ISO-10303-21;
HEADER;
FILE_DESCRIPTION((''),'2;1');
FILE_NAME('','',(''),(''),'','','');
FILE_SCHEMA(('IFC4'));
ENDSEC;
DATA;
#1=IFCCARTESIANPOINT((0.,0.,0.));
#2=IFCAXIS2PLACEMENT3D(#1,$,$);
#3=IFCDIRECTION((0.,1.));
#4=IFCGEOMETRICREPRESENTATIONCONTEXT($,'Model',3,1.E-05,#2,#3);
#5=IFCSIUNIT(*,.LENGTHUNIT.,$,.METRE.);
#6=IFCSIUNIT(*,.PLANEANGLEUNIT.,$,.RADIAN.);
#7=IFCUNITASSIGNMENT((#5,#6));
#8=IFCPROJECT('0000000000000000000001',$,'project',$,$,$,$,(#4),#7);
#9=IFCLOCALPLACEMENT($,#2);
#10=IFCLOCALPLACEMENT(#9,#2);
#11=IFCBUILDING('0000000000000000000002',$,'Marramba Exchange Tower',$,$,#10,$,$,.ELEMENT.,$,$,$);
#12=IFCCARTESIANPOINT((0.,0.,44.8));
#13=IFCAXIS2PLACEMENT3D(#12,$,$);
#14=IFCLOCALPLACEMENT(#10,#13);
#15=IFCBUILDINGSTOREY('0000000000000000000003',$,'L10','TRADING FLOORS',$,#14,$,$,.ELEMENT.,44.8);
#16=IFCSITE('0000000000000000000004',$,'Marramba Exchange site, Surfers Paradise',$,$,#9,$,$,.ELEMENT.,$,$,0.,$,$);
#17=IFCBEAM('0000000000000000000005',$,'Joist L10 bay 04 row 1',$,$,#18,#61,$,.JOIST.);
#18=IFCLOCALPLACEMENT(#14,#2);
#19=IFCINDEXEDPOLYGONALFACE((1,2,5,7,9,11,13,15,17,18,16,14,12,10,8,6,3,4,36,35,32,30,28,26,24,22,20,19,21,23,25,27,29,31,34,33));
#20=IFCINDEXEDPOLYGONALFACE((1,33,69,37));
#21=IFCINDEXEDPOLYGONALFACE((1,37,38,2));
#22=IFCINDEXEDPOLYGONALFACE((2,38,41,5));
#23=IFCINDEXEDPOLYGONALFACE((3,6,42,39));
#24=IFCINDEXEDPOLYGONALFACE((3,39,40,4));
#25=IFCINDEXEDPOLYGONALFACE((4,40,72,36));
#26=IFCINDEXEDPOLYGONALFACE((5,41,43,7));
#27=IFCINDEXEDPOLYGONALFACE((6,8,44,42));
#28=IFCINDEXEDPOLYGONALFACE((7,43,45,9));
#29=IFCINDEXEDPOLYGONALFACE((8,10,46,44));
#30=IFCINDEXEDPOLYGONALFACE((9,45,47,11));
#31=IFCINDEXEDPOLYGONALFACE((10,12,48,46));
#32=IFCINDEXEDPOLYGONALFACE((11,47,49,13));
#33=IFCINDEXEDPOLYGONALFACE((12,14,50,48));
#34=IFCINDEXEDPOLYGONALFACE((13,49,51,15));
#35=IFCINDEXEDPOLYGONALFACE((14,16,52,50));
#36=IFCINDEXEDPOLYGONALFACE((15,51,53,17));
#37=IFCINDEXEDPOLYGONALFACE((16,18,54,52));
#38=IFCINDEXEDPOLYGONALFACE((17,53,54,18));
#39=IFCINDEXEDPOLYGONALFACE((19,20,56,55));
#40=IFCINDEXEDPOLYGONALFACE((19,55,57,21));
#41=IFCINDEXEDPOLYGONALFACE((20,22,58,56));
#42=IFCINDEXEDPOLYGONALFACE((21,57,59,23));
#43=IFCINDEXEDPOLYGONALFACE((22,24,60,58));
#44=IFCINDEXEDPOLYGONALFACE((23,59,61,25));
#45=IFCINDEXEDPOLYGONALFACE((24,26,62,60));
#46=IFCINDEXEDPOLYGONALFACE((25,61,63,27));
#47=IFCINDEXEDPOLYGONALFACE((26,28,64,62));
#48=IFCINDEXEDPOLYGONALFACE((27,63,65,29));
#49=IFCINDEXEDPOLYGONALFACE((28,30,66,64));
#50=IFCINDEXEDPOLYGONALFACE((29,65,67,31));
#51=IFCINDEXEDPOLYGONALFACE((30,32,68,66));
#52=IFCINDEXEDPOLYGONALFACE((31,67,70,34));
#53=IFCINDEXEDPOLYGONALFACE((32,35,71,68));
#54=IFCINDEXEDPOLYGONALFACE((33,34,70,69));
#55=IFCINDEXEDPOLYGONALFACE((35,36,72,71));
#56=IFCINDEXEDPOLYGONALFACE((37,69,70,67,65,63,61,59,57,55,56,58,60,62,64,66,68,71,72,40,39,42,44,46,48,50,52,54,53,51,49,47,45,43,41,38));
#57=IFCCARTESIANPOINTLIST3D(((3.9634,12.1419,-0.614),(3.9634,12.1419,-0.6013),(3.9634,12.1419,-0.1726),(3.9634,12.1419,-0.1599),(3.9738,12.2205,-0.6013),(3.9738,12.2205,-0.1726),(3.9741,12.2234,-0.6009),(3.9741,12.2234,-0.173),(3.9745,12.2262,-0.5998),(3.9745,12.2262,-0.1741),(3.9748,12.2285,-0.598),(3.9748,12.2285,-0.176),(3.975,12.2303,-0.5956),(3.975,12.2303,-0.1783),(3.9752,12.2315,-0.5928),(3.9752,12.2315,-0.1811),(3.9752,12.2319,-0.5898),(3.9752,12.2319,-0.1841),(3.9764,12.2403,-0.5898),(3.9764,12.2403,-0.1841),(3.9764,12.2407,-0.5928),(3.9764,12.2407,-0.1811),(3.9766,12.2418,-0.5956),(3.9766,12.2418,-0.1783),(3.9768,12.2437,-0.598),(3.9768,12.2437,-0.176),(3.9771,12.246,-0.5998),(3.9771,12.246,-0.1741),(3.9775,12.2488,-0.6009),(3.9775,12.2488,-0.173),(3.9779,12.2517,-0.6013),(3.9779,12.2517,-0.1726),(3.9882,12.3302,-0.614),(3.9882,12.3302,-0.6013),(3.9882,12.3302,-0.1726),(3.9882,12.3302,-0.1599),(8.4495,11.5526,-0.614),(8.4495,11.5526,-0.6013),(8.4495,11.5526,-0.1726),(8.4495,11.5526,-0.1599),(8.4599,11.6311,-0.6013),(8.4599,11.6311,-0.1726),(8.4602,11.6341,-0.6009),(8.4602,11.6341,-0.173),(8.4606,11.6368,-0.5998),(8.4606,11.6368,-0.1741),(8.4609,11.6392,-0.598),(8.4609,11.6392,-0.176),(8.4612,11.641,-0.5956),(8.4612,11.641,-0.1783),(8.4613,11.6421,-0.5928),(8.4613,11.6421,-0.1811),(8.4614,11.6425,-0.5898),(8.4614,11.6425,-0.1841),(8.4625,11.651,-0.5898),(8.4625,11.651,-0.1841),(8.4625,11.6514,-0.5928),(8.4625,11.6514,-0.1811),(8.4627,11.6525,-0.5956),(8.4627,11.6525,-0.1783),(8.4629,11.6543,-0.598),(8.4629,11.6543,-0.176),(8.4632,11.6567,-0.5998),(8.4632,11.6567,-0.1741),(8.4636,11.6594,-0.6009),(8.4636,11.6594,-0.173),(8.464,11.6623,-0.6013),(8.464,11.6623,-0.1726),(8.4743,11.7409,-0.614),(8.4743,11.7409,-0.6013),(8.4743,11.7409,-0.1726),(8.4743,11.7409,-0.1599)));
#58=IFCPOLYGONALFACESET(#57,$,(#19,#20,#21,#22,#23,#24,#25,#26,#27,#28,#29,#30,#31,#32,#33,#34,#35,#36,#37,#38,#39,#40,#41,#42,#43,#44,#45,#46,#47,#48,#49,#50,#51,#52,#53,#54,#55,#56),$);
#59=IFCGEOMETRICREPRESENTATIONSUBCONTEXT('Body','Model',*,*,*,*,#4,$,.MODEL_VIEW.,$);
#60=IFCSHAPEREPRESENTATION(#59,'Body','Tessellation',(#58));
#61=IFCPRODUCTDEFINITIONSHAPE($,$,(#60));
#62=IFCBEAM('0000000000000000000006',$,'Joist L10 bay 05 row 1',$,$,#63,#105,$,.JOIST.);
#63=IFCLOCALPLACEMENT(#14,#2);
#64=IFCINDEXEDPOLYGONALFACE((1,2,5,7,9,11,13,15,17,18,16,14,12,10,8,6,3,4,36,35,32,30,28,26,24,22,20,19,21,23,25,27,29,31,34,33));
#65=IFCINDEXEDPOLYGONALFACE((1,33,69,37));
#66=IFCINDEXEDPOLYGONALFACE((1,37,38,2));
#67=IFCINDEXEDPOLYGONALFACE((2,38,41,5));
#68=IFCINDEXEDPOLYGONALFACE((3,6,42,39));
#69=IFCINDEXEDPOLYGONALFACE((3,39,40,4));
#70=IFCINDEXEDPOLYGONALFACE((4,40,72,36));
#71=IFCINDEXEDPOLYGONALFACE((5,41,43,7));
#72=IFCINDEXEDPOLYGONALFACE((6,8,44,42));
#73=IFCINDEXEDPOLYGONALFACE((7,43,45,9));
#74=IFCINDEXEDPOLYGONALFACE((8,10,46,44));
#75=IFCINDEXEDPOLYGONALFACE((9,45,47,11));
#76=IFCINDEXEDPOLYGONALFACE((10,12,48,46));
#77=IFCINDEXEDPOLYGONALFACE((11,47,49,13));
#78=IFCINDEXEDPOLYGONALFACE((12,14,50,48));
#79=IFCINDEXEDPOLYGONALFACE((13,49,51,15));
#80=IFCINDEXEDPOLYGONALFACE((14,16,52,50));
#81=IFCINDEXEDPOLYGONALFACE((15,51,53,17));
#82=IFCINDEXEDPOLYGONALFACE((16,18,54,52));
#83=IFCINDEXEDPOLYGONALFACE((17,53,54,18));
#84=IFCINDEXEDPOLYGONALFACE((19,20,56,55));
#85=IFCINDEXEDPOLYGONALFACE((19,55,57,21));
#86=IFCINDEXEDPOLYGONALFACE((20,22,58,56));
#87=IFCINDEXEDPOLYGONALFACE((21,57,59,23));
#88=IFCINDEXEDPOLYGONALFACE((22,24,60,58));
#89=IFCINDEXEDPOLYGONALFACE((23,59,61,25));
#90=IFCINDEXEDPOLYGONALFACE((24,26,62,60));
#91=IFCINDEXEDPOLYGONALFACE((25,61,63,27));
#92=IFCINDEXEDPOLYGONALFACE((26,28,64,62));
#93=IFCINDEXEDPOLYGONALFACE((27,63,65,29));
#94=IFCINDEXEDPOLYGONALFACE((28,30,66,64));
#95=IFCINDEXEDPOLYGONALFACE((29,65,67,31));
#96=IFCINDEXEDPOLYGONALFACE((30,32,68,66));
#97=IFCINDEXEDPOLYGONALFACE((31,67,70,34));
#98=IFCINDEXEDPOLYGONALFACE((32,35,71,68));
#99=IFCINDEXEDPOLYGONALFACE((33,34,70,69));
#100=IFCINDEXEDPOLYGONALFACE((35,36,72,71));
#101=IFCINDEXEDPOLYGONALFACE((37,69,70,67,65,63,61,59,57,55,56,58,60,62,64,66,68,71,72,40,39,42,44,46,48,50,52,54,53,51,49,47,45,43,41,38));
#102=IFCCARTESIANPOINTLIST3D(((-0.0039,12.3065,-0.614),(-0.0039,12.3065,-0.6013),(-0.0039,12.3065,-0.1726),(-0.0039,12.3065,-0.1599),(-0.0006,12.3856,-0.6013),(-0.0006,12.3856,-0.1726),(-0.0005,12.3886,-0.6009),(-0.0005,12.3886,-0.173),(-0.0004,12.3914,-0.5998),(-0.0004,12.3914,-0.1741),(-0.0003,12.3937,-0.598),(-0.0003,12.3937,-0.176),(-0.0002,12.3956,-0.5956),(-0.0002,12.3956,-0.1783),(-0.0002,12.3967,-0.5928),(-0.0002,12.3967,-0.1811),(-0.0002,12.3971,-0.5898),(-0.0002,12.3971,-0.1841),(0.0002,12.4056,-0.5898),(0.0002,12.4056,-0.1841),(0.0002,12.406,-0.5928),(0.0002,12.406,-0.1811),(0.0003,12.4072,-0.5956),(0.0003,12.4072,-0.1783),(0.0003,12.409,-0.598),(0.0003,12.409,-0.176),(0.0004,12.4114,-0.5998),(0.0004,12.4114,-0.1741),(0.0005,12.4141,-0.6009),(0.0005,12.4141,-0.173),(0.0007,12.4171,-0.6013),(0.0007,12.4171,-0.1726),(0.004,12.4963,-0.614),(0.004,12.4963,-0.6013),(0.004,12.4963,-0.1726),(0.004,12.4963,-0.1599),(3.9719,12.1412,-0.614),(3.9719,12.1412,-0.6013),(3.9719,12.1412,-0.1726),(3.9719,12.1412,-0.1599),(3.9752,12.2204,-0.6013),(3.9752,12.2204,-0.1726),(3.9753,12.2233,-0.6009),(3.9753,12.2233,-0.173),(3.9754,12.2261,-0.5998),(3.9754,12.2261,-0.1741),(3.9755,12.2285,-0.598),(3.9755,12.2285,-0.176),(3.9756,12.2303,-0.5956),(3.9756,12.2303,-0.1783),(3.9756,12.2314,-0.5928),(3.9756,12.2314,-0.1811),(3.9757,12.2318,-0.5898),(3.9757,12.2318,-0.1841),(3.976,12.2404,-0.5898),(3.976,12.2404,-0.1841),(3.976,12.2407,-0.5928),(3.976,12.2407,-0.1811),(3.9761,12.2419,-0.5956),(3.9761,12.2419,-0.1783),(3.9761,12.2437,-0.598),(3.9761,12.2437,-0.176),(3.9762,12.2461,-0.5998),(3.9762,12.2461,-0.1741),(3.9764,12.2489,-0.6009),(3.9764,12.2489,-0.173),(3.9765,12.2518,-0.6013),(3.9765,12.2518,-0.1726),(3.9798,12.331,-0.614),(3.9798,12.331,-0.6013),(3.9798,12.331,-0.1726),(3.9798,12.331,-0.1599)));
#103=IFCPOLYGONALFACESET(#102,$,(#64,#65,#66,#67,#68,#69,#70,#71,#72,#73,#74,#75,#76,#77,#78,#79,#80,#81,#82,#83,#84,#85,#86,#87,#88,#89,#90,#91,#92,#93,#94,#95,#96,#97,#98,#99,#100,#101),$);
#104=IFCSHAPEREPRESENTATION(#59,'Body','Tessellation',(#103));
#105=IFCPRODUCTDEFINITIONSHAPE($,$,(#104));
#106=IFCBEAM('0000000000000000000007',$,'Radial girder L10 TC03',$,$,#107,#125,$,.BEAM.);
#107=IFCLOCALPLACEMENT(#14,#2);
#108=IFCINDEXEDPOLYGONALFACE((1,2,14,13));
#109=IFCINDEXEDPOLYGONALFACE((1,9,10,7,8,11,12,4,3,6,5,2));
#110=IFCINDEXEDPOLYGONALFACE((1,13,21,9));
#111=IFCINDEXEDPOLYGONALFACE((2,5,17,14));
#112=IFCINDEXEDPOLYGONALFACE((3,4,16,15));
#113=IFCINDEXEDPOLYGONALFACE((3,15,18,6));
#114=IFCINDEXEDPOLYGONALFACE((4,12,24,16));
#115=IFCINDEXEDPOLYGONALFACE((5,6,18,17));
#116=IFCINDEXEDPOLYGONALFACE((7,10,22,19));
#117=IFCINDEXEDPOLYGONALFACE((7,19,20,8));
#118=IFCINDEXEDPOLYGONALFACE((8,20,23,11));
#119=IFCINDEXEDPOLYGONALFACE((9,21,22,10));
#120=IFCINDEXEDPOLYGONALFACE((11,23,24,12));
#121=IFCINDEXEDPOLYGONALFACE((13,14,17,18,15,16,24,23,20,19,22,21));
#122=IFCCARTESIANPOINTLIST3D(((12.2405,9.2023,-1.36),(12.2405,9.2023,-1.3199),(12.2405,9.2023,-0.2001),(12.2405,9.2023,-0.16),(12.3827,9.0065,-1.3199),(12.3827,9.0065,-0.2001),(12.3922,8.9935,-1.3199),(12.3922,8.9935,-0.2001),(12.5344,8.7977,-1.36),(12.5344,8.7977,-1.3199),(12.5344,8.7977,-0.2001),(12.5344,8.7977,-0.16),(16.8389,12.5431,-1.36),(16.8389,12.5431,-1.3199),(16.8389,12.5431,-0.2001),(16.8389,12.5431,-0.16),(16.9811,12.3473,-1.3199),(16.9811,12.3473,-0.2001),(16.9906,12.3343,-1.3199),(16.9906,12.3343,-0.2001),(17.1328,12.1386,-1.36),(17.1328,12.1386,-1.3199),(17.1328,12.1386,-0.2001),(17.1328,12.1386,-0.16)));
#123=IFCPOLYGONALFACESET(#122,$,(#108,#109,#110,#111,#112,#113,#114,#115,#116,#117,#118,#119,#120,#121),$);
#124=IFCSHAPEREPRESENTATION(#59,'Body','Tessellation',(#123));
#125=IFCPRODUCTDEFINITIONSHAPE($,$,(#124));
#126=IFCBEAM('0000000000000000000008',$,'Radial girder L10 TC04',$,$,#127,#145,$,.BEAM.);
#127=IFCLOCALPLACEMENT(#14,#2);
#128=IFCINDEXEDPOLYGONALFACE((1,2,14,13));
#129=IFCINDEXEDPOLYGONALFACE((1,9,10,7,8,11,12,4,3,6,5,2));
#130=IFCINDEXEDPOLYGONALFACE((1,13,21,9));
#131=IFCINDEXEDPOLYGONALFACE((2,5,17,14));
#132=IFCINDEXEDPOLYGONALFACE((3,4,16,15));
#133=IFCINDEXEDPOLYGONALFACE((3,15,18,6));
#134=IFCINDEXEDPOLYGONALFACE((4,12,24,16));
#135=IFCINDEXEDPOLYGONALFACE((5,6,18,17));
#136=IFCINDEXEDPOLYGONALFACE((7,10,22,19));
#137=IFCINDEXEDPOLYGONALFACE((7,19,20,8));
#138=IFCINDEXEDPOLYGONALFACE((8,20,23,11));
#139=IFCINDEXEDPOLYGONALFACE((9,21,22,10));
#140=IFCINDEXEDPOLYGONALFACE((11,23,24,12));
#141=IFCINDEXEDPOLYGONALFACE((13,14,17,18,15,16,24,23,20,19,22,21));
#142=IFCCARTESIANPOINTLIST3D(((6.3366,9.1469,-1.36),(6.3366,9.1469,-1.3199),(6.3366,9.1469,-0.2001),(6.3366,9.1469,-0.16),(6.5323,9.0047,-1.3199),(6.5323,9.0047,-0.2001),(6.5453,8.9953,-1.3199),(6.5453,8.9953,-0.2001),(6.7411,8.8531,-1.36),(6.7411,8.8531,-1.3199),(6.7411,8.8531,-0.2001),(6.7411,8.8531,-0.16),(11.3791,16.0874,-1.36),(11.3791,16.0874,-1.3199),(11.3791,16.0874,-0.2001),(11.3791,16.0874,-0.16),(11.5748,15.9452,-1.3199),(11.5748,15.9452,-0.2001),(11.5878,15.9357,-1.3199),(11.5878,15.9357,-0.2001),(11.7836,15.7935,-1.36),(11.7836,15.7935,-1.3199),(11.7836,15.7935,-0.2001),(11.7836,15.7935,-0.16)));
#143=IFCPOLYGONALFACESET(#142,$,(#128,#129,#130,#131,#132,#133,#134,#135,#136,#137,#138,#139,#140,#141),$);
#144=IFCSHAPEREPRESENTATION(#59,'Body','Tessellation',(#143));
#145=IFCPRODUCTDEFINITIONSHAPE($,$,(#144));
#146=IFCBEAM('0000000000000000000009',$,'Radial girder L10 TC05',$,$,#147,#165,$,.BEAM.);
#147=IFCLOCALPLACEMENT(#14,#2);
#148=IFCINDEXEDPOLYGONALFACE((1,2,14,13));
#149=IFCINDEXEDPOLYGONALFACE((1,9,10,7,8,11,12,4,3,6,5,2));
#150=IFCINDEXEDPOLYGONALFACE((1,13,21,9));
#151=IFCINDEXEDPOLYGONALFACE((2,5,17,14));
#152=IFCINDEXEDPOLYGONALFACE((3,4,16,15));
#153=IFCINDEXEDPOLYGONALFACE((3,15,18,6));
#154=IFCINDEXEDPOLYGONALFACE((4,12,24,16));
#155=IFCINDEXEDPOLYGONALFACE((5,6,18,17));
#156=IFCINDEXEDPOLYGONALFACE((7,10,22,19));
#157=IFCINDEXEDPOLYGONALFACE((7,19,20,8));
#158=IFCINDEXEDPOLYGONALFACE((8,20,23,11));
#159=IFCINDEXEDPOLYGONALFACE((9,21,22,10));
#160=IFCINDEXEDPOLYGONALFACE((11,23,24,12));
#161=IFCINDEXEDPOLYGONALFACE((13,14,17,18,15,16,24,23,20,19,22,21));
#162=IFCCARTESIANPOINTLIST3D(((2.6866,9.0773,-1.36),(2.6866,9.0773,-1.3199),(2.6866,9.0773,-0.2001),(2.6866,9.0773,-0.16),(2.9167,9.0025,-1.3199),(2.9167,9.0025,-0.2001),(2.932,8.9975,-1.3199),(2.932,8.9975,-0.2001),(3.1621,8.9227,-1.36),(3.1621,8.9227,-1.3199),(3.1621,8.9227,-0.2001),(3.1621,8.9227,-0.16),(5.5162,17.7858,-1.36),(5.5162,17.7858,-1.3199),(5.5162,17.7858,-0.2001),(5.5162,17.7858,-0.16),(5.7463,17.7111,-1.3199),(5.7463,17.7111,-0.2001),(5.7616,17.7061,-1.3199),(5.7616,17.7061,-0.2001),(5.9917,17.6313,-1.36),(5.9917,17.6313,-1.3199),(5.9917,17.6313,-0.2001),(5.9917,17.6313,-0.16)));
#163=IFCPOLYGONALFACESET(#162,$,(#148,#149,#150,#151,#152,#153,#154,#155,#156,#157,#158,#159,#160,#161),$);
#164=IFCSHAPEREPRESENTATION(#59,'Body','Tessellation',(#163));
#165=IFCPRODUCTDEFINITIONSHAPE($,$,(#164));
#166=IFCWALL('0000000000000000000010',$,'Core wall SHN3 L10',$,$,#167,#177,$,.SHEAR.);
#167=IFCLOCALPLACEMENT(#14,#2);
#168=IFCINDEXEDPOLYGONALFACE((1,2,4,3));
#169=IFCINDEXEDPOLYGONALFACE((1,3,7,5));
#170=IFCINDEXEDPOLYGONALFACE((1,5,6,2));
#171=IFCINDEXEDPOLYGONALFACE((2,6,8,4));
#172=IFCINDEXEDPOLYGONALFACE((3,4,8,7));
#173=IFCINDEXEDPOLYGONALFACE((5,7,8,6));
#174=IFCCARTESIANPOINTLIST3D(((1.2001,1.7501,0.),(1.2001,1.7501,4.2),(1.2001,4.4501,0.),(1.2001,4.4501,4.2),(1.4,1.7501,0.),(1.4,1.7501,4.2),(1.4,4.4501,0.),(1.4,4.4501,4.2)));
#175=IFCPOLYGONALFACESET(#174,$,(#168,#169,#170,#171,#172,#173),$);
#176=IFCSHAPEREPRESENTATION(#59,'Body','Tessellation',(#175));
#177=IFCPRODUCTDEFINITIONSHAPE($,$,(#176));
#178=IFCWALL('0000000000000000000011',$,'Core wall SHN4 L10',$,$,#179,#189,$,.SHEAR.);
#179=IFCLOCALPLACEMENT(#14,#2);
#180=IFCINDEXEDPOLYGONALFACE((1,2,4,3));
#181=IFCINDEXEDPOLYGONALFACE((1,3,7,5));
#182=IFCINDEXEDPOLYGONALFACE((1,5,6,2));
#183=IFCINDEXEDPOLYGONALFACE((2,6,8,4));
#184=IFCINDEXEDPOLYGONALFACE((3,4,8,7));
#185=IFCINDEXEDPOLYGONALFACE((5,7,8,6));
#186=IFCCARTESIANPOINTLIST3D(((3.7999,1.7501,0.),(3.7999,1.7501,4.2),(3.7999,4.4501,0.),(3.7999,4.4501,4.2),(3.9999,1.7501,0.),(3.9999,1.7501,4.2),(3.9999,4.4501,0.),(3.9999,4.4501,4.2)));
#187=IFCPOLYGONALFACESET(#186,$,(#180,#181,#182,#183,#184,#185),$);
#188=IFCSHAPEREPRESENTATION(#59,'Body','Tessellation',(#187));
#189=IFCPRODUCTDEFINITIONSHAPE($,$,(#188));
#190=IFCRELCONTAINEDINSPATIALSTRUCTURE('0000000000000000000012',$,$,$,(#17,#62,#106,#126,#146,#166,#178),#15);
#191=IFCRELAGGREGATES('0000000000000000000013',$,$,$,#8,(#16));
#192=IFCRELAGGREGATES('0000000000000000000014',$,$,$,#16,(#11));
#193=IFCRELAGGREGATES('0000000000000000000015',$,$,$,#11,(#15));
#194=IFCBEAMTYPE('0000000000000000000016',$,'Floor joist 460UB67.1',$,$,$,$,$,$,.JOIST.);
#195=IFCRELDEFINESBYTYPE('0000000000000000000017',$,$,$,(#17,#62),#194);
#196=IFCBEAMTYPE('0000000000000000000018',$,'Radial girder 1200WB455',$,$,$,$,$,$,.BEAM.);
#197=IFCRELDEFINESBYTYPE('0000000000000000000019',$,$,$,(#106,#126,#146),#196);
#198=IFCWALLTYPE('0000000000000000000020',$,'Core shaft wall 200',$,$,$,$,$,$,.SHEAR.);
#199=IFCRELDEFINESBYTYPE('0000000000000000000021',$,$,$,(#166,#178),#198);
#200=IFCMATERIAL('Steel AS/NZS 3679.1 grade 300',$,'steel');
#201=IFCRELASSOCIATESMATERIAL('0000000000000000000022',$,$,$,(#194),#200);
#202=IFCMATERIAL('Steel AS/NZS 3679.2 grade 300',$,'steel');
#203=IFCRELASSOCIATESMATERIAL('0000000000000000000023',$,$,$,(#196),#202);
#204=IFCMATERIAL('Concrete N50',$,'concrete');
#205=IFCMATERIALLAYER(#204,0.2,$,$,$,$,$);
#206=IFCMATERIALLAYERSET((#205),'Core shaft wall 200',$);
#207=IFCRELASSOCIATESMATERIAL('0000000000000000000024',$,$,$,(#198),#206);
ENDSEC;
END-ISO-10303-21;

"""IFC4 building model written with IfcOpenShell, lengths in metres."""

from ifc_helpers import new_model, si_unit, direction, frame, frame_2d, origin, origin_2d, place, context, subcontext, project, spatial, rectangle, i_section, extrude, material, layer, layer_set, material_profile, profile_set, type_object, element, save


model = new_model("IFC4")

# Units and contexts
model_context = context("Model", 3, precision=1e-05, world=origin(), true_north=direction((0.0, 1.0)))
body_context = subcontext(model_context, "Body", "Model", "MODEL_VIEW")
ifc_project = project(units=[si_unit("LENGTHUNIT", "METRE"), si_unit("PLANEANGLEUNIT", "RADIAN")], contexts=[model_context])

# Site, building, storey
site_placement = place(None, origin())
site = spatial("IfcSite", under=ifc_project, at=site_placement, Name="Marramba Exchange site, Surfers Paradise", CompositionType="ELEMENT", RefElevation=0.0)
building_placement = place(site_placement, origin())
building = spatial("IfcBuilding", under=site, at=building_placement, Name="Marramba Exchange Tower", CompositionType="ELEMENT")
storey_placement = place(building_placement, frame((0.0, 0.0, 44.8)))
storey = spatial("IfcBuildingStorey", under=building, at=storey_placement, Name="L10", Description="TRADING FLOORS", CompositionType="ELEMENT", Elevation=44.8)

# Beams
ifc_material_1 = material(Name="Steel AS/NZS 3679.1 grade 300", Category="steel")
ifc_material_profile_1 = material_profile(ifc_material_1, i_section(OverallWidth=0.1899, OverallDepth=0.4541, WebThickness=0.0085, FlangeThickness=0.0127, FilletRadius=0.0115, at=origin_2d()), Name="460UB67.1")
ifc_profile_set_1 = profile_set([ifc_material_profile_1], Name="Steel AS/NZS 3679.1 grade 300")
beam_type_1 = type_object("IfcBeamType", Name="Floor joist 460UB67.1", PredefinedType="JOIST", material=ifc_profile_set_1)
beam_1_placement = place(storey_placement, frame((8.4619, 11.6467, -0.387), z_axis=(-0.991481, 0.130255, 0.0), x_axis=(-0.130255, -0.991481, 0.0)))
element("IfcBeam", 1, at=beam_1_placement, inside=storey, type_object=beam_type_1, Name="Joist L10 bay 04 row 1", PredefinedType="JOIST", context=body_context, shape_type="SweptSolid", body=[
    extrude(i_section(OverallWidth=0.1899, OverallDepth=0.4541, WebThickness=0.0085, FlangeThickness=0.0127, FilletRadius=0.0115, at=origin_2d()), origin(), (0.0, 0.0, 1.0), 4.5247),
])
beam_2_placement = place(storey_placement, frame((3.9758, 12.2361, -0.387), z_axis=(-0.999137, 0.041536, 0.0), x_axis=(-0.041536, -0.999137, 0.0)))
element("IfcBeam", 2, at=beam_2_placement, inside=storey, type_object=beam_type_1, Name="Joist L10 bay 05 row 1", PredefinedType="JOIST", context=body_context, shape_type="SweptSolid", body=[
    extrude(i_section(OverallWidth=0.1899, OverallDepth=0.4541, WebThickness=0.0085, FlangeThickness=0.0127, FilletRadius=0.0115, at=origin_2d()), origin(), (0.0, 0.0, 1.0), 3.9792),
])
ifc_material_2 = material(Name="Steel AS/NZS 3679.2 grade 300", Category="steel")
ifc_material_profile_2 = material_profile(ifc_material_2, i_section(OverallWidth=0.5, OverallDepth=1.2, WebThickness=0.0161, FlangeThickness=0.04, at=origin_2d()), Name="1200WB455")
ifc_profile_set_2 = profile_set([ifc_material_profile_2], Name="Steel AS/NZS 3679.2 grade 300")
beam_type_2 = type_object("IfcBeamType", Name="Radial girder 1200WB455", PredefinedType="BEAM", material=ifc_profile_set_2)
beam_3_placement = place(storey_placement, frame((12.3875, 9.0, -0.76), z_axis=(0.809026, 0.587773, 0.0), x_axis=(-0.587773, 0.809026, 0.0)))
element("IfcBeam", 3, at=beam_3_placement, inside=storey, type_object=beam_type_2, Name="Radial girder L10 TC03", PredefinedType="BEAM", context=body_context, shape_type="SweptSolid", body=[
    extrude(i_section(OverallWidth=0.5, OverallDepth=1.2, WebThickness=0.0161, FlangeThickness=0.04, at=origin_2d()), origin(), (0.0, 0.0, 1.0), 5.6838),
])
beam_4_placement = place(storey_placement, frame((6.5388, 9.0, -0.76), z_axis=(0.587782, 0.809019, 0.0), x_axis=(-0.809019, 0.587782, 0.0)))
element("IfcBeam", 4, at=beam_4_placement, inside=storey, type_object=beam_type_2, Name="Radial girder L10 TC04", PredefinedType="BEAM", context=body_context, shape_type="SweptSolid", body=[
    extrude(i_section(OverallWidth=0.5, OverallDepth=1.2, WebThickness=0.0161, FlangeThickness=0.04, at=origin_2d()), origin(), (0.0, 0.0, 1.0), 8.5789),
])
beam_5_placement = place(storey_placement, frame((2.9243, 9.0, -0.76), z_axis=(0.30902, 0.951056, 0.0), x_axis=(-0.951056, 0.30902, 0.0)))
element("IfcBeam", 5, at=beam_5_placement, inside=storey, type_object=beam_type_2, Name="Radial girder L10 TC05", PredefinedType="BEAM", context=body_context, shape_type="SweptSolid", body=[
    extrude(i_section(OverallWidth=0.5, OverallDepth=1.2, WebThickness=0.0161, FlangeThickness=0.04, at=origin_2d()), origin(), (0.0, 0.0, 1.0), 9.1567),
])

# Walls
ifc_material_3 = material(Name="Concrete N50", Category="concrete")
ifc_layer_1 = layer(ifc_material_3, 0.2)
ifc_layer_set_1 = layer_set([ifc_layer_1], Name="Core shaft wall 200")
wall_type_1 = type_object("IfcWallType", Name="Core shaft wall 200", PredefinedType="SHEAR", material=ifc_layer_set_1)
for number, where, z_axis, x_axis, name in (
    (6, (1.3, 1.75, 0.0), (0.0, 0.0, 1.0), (0.0, 1.0, 0.0), "Core wall SHN3 L10"),
    (7, (3.8999, 1.75, 0.0), (0.0, 0.0, 1.0), (0.0, 1.0, 0.0), "Core wall SHN4 L10"),
):
    element("IfcWall", number, at=place(storey_placement, frame(where, z_axis=z_axis, x_axis=x_axis)), inside=storey, type_object=wall_type_1, Name=name, PredefinedType="SHEAR", context=body_context, shape_type="SweptSolid", body=[
        extrude(rectangle(XDim=2.7, YDim=0.2, at=frame_2d((1.3501, 0.0))), origin(), (0.0, 0.0, 1.0), 4.2),
    ])

save(model, "model.ifc")
